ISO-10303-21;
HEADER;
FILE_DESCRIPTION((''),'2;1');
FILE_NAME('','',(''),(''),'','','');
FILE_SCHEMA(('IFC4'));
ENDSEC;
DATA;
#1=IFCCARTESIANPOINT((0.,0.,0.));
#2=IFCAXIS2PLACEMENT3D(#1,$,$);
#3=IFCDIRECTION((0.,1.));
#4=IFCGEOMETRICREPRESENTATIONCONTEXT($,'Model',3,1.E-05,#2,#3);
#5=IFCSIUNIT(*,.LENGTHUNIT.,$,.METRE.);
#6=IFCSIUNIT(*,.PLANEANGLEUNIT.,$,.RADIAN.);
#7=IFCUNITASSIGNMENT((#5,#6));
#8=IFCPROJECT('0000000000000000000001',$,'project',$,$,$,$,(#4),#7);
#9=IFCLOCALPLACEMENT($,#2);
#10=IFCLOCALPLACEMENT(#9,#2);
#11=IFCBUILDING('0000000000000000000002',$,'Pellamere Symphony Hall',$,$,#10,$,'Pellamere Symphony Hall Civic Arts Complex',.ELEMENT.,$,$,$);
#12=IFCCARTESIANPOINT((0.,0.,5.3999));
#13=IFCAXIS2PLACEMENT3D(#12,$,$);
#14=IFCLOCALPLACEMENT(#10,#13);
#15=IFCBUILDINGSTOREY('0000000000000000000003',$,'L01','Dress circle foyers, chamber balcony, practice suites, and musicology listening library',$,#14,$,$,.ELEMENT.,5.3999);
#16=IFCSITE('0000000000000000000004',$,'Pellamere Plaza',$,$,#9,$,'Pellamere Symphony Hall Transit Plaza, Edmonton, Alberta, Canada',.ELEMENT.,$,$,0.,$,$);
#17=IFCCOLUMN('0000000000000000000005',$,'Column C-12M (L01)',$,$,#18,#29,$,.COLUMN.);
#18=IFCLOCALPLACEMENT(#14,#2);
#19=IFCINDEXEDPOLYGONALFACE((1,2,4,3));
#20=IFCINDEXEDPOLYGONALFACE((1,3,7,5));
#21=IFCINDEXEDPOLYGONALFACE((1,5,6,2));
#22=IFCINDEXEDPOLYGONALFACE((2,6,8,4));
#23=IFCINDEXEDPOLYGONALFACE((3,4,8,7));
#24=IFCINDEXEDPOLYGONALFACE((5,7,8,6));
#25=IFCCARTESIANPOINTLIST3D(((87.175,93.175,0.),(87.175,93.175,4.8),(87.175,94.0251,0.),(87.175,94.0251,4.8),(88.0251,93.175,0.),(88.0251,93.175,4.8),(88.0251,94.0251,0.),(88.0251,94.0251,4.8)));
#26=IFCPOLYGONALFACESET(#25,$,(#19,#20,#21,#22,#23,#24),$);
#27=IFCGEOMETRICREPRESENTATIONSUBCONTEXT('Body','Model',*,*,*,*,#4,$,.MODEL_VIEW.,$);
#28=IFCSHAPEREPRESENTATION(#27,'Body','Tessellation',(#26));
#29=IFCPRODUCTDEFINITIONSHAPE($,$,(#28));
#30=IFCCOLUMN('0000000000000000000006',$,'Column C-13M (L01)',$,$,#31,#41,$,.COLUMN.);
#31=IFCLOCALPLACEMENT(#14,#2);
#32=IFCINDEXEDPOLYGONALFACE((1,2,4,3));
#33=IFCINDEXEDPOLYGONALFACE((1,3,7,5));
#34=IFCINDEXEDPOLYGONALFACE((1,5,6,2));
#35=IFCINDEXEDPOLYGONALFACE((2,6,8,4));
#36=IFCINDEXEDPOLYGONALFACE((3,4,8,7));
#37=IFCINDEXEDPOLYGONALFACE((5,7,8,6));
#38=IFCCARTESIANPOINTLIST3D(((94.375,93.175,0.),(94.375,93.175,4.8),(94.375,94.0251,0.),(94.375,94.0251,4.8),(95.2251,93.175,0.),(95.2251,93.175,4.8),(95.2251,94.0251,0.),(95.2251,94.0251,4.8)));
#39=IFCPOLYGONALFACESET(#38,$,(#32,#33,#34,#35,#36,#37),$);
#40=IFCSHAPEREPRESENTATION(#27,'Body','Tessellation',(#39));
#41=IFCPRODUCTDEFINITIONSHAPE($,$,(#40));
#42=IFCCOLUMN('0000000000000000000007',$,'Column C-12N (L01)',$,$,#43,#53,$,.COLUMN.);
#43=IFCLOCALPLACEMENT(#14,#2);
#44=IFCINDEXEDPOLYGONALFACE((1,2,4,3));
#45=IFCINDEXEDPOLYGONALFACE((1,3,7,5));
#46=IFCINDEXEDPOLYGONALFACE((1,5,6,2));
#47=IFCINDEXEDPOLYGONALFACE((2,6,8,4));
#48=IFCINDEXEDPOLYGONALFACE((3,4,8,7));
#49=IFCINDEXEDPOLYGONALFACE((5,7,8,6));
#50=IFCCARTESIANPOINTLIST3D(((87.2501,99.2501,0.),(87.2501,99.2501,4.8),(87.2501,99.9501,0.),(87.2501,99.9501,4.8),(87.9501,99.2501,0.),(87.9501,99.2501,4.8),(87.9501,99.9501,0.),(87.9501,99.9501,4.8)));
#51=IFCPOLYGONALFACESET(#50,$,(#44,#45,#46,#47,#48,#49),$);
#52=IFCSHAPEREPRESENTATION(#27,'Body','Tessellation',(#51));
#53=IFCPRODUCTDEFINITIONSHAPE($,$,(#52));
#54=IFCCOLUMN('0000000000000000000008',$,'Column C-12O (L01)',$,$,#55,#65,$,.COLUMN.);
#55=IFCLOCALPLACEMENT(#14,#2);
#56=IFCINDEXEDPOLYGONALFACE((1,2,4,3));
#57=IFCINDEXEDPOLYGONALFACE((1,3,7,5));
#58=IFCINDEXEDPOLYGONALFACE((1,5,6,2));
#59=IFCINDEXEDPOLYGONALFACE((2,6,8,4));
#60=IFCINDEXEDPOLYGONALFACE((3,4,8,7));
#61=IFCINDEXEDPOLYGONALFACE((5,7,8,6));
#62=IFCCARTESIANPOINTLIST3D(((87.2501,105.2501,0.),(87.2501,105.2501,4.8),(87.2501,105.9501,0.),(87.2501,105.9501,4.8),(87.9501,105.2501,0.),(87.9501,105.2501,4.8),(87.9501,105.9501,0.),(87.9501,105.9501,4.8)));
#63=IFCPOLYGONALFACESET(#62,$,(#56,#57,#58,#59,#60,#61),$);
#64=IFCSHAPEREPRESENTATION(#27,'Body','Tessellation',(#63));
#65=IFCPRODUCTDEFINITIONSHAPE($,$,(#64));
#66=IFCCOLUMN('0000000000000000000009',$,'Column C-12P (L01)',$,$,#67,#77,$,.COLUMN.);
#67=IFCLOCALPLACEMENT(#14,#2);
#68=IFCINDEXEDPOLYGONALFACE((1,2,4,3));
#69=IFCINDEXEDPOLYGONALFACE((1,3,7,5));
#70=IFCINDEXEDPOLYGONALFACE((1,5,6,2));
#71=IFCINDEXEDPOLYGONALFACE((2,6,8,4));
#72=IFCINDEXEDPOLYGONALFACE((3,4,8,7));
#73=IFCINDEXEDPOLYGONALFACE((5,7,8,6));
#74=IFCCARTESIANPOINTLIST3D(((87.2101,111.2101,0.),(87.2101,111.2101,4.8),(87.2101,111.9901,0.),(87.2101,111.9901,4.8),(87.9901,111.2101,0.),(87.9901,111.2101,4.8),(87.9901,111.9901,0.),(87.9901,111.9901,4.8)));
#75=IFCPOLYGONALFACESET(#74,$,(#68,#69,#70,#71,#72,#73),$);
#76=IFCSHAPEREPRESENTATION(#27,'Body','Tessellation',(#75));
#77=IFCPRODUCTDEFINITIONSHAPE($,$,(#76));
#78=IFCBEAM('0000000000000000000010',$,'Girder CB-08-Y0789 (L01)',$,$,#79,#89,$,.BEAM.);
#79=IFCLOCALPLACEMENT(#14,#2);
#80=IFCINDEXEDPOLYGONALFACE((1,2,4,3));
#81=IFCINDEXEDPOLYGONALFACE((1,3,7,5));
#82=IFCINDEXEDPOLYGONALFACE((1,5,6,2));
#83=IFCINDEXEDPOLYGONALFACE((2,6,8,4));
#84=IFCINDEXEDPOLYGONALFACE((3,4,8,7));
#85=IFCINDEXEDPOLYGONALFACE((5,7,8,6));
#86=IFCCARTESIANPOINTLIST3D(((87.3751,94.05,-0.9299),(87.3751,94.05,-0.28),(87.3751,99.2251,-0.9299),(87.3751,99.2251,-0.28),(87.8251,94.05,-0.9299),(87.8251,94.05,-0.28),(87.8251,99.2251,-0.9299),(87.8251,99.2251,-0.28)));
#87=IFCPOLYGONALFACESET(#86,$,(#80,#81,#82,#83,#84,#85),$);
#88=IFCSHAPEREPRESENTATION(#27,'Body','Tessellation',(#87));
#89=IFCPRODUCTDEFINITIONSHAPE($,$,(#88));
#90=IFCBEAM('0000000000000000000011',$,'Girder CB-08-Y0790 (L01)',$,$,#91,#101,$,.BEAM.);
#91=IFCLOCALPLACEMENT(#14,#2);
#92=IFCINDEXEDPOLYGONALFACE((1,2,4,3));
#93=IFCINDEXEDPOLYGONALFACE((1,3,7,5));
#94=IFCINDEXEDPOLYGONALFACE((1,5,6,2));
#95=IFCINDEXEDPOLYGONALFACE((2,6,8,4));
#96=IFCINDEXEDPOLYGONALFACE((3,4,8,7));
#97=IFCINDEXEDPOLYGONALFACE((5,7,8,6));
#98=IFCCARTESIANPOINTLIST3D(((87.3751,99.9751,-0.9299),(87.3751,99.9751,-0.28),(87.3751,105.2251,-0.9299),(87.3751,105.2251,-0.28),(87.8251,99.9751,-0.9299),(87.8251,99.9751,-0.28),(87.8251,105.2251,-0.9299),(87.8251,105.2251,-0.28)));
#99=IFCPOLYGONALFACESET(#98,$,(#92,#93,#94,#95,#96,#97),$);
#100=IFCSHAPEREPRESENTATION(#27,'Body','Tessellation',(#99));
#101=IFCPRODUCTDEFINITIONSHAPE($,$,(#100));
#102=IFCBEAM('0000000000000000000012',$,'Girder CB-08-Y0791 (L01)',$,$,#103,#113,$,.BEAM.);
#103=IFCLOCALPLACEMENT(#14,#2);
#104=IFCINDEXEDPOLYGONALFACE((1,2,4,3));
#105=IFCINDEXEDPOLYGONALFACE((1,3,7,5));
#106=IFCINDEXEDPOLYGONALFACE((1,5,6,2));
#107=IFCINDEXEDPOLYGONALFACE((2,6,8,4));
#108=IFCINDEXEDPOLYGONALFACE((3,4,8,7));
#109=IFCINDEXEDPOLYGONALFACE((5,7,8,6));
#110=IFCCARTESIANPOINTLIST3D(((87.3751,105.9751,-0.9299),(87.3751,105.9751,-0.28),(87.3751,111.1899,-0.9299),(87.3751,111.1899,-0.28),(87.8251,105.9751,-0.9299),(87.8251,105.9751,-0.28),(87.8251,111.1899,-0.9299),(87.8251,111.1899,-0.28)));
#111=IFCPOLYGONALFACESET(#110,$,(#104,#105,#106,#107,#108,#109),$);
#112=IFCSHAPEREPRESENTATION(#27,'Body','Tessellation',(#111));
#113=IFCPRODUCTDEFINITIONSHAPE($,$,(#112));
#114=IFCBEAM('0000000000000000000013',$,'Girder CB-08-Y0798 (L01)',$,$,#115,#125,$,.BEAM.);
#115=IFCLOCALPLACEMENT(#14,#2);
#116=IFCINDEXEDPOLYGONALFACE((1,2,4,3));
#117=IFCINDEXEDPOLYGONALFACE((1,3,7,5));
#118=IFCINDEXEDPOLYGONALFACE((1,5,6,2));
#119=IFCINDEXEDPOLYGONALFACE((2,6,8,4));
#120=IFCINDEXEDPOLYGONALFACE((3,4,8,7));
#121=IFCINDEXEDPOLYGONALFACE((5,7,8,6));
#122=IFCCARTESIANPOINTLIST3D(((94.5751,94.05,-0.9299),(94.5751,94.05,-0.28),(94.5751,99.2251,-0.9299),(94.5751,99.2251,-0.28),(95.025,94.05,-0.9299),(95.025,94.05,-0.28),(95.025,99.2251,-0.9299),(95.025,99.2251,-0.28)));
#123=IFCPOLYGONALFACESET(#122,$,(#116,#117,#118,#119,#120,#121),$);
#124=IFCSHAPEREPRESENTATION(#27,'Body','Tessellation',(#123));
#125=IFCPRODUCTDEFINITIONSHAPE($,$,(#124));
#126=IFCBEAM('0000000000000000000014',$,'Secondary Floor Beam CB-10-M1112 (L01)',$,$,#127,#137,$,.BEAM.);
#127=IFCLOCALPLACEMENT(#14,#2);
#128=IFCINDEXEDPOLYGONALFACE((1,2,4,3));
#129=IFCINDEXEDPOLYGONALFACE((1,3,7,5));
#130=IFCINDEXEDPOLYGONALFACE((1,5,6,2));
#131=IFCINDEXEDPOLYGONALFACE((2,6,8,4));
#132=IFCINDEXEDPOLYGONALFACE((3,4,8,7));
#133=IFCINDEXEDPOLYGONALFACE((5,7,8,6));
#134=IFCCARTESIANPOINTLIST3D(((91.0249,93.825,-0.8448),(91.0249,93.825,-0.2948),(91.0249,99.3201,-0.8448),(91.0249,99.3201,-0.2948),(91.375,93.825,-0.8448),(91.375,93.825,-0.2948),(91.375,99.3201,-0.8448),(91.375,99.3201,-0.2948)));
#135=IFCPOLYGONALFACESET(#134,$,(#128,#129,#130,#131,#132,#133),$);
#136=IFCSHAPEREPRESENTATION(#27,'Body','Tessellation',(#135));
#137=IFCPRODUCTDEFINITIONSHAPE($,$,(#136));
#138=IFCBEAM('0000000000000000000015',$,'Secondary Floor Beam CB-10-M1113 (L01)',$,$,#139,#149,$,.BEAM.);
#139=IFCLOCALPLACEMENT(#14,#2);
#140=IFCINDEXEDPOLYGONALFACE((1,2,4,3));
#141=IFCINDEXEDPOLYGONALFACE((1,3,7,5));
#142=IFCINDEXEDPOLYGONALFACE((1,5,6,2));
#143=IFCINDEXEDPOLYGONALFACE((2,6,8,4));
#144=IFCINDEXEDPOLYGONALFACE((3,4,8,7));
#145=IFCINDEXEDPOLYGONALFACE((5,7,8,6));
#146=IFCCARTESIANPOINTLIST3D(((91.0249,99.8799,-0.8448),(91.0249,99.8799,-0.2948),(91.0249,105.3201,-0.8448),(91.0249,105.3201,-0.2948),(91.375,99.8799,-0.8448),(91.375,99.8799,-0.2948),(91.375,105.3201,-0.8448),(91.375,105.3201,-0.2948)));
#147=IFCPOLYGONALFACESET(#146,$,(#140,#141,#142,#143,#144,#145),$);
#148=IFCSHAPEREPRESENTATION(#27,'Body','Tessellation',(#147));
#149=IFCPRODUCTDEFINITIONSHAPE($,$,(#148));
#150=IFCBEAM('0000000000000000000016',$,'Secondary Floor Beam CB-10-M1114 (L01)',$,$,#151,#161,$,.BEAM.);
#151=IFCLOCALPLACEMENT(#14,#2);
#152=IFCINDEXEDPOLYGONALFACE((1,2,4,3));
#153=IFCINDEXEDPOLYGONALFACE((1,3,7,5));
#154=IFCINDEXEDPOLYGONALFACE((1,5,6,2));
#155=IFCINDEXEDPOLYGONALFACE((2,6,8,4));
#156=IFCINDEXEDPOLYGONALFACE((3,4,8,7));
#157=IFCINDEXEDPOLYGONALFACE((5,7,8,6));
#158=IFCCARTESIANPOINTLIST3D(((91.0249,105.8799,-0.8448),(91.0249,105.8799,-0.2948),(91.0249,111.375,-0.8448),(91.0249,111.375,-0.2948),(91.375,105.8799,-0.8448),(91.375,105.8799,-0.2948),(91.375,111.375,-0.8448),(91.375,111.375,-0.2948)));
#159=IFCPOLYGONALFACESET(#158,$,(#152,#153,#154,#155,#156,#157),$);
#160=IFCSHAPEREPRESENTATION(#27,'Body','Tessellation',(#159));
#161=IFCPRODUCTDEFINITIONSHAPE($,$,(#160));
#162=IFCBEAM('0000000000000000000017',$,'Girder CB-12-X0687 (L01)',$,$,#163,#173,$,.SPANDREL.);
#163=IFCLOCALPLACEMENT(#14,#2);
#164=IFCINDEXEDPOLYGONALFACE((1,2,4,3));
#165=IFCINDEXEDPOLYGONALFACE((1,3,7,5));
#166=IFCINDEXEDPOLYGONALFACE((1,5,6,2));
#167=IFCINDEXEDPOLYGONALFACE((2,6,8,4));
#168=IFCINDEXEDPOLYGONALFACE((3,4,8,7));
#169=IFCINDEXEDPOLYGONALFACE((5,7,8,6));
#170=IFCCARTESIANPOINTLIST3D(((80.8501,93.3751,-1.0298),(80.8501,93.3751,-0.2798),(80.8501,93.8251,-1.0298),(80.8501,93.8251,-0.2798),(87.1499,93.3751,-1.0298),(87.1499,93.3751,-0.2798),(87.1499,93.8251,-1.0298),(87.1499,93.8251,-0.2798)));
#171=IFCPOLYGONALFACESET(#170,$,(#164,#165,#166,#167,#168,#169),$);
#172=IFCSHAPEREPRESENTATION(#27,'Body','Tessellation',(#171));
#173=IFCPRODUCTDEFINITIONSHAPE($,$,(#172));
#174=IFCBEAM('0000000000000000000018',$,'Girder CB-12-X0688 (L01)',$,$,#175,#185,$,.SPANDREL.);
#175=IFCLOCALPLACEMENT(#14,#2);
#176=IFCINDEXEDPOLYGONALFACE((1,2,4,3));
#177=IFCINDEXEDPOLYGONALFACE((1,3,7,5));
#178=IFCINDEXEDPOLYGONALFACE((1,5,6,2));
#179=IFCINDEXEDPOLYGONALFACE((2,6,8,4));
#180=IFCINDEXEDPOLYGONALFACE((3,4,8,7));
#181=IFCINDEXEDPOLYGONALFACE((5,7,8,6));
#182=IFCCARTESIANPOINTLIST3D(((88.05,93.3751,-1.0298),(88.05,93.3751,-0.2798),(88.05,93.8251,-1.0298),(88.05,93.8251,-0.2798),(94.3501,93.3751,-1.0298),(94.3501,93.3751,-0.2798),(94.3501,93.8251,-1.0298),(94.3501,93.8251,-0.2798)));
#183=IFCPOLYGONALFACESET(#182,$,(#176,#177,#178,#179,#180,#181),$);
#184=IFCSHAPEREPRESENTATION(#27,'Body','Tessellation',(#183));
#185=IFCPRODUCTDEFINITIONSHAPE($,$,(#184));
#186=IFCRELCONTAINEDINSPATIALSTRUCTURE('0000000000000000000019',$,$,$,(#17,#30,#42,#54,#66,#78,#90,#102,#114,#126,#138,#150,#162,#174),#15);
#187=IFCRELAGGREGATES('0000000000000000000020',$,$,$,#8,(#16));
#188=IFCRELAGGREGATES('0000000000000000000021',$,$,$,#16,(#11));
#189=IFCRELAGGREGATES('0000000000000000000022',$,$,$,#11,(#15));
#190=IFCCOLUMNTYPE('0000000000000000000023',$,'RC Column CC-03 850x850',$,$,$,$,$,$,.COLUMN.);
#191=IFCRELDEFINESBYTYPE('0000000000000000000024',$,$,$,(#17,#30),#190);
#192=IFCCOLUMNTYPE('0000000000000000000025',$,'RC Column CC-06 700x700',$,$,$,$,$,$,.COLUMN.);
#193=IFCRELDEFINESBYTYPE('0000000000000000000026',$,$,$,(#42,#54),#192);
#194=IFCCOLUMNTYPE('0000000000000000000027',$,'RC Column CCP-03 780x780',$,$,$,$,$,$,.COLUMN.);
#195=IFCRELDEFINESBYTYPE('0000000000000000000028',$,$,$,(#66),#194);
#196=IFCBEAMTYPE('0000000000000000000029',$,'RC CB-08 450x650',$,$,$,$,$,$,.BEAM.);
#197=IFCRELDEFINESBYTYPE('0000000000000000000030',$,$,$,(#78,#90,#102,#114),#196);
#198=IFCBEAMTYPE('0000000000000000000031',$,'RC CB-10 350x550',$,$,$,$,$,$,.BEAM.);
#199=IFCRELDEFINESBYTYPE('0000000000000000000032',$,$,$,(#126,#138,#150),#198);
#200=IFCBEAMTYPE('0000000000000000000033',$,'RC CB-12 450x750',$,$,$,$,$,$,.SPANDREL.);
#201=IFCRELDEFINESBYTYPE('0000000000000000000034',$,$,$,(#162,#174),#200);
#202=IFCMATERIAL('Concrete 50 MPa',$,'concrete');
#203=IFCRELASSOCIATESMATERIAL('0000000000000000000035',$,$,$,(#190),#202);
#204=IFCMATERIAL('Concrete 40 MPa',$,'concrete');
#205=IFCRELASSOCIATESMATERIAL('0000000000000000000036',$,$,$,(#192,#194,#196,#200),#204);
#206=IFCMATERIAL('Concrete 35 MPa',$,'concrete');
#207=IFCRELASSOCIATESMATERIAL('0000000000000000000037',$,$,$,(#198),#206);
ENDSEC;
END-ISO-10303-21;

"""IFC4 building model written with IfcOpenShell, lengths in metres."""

from ifc_helpers import new_model, si_unit, direction, frame, origin, origin_2d, place, context, subcontext, project, spatial, rectangle, extrude, material, material_profile, profile_set, type_object, element, save


model = new_model("IFC4")

# Units and contexts
model_context = context("Model", 3, precision=1e-05, world=origin(), true_north=direction((0.0, 1.0)))
body_context = subcontext(model_context, "Body", "Model", "MODEL_VIEW")
ifc_project = project(units=[si_unit("LENGTHUNIT", "METRE"), si_unit("PLANEANGLEUNIT", "RADIAN")], contexts=[model_context])

# Site, building, storey
site_placement = place(None, origin())
site = spatial("IfcSite", under=ifc_project, at=site_placement, Name="Pellamere Plaza", LongName="Pellamere Symphony Hall Transit Plaza, Edmonton, Alberta, Canada", CompositionType="ELEMENT", RefElevation=0.0)
building_placement = place(site_placement, origin())
building = spatial("IfcBuilding", under=site, at=building_placement, Name="Pellamere Symphony Hall", LongName="Pellamere Symphony Hall Civic Arts Complex", CompositionType="ELEMENT")
storey_placement = place(building_placement, frame((0.0, 0.0, 5.3999)))
storey = spatial("IfcBuildingStorey", under=building, at=storey_placement, Name="L01", Description="Dress circle foyers, chamber balcony, practice suites, and musicology listening library", CompositionType="ELEMENT", Elevation=5.3999)

# Columns
ifc_material_1 = material(Name="Concrete 50 MPa", Category="concrete")
ifc_material_profile_1 = material_profile(ifc_material_1, rectangle(XDim=0.8501, YDim=0.8501, at=origin_2d()), Name="RC 850x850")
ifc_profile_set_1 = profile_set([ifc_material_profile_1], Name="Concrete 50 MPa")
column_type_1 = type_object("IfcColumnType", Name="RC Column CC-03 850x850", PredefinedType="COLUMN", material=ifc_profile_set_1)
for number, where, z_axis, x_axis, name in (
    (1, (87.6001, 93.6001, 0.0), (0.0, 0.0, 1.0), (1.0, 0.0, 0.0), "Column C-12M (L01)"),
    (2, (94.8, 93.6001, 0.0), (0.0, 0.0, 1.0), (1.0, 0.0, 0.0), "Column C-13M (L01)"),
):
    element("IfcColumn", number, at=place(storey_placement, frame(where, z_axis=z_axis, x_axis=x_axis)), inside=storey, type_object=column_type_1, Name=name, PredefinedType="COLUMN", context=body_context, shape_type="SweptSolid", body=[
        extrude(rectangle(XDim=0.8501, YDim=0.8501, at=origin_2d()), origin(), (0.0, 0.0, 1.0), 4.8),
    ])
ifc_material_2 = material(Name="Concrete 40 MPa", Category="concrete")
ifc_material_profile_2 = material_profile(ifc_material_2, rectangle(XDim=0.7, YDim=0.7, at=origin_2d()), Name="RC 700x700")
ifc_profile_set_2 = profile_set([ifc_material_profile_2], Name="Concrete 40 MPa")
column_type_2 = type_object("IfcColumnType", Name="RC Column CC-06 700x700", PredefinedType="COLUMN", material=ifc_profile_set_2)
for number, where, z_axis, x_axis, name in (
    (3, (87.6001, 99.6001, 0.0), (0.0, 0.0, 1.0), (1.0, 0.0, 0.0), "Column C-12N (L01)"),
    (4, (87.6001, 105.6001, 0.0), (0.0, 0.0, 1.0), (1.0, 0.0, 0.0), "Column C-12O (L01)"),
):
    element("IfcColumn", number, at=place(storey_placement, frame(where, z_axis=z_axis, x_axis=x_axis)), inside=storey, type_object=column_type_2, Name=name, PredefinedType="COLUMN", context=body_context, shape_type="SweptSolid", body=[
        extrude(rectangle(XDim=0.7, YDim=0.7, at=origin_2d()), origin(), (0.0, 0.0, 1.0), 4.8),
    ])
ifc_material_profile_3 = material_profile(ifc_material_2, rectangle(XDim=0.78, YDim=0.78, at=origin_2d()), Name="RC 780x780")
ifc_profile_set_3 = profile_set([ifc_material_profile_3], Name="Concrete 40 MPa")
column_type_3 = type_object("IfcColumnType", Name="RC Column CCP-03 780x780", PredefinedType="COLUMN", material=ifc_profile_set_3)
column_placement = place(storey_placement, frame((87.6001, 111.6001, 0.0), z_axis=(0.0, 0.0, 1.0), x_axis=(1.0, 0.0, 0.0)))
element("IfcColumn", 5, at=column_placement, inside=storey, type_object=column_type_3, Name="Column C-12P (L01)", PredefinedType="COLUMN", context=body_context, shape_type="SweptSolid", body=[
    extrude(rectangle(XDim=0.78, YDim=0.78, at=origin_2d()), origin(), (0.0, 0.0, 1.0), 4.8),
])

# Beams
ifc_material_profile_4 = material_profile(ifc_material_2, rectangle(XDim=0.45, YDim=0.6499, at=origin_2d()), Name="RC 450x650")
ifc_profile_set_4 = profile_set([ifc_material_profile_4], Name="Concrete 40 MPa")
beam_type_1 = type_object("IfcBeamType", Name="RC CB-08 450x650", PredefinedType="BEAM", material=ifc_profile_set_4)
beam_1_placement = place(storey_placement, frame((87.6001, 94.05, -0.605), z_axis=(0.0, 1.0, 0.0), x_axis=(-1.0, 0.0, 0.0)))
element("IfcBeam", 6, at=beam_1_placement, inside=storey, type_object=beam_type_1, Name="Girder CB-08-Y0789 (L01)", PredefinedType="BEAM", context=body_context, shape_type="SweptSolid", body=[
    extrude(rectangle(XDim=0.45, YDim=0.6499, at=origin_2d()), origin(), (0.0, 0.0, 1.0), 5.175),
])
beam_2_placement = place(storey_placement, frame((87.6001, 99.9751, -0.605), z_axis=(0.0, 1.0, 0.0), x_axis=(-1.0, 0.0, 0.0)))
element("IfcBeam", 7, at=beam_2_placement, inside=storey, type_object=beam_type_1, Name="Girder CB-08-Y0790 (L01)", PredefinedType="BEAM", context=body_context, shape_type="SweptSolid", body=[
    extrude(rectangle(XDim=0.45, YDim=0.6499, at=origin_2d()), origin(), (0.0, 0.0, 1.0), 5.25),
])
beam_3_placement = place(storey_placement, frame((87.6001, 105.9751, -0.605), z_axis=(0.0, 1.0, 0.0), x_axis=(-1.0, 0.0, 0.0)))
element("IfcBeam", 8, at=beam_3_placement, inside=storey, type_object=beam_type_1, Name="Girder CB-08-Y0791 (L01)", PredefinedType="BEAM", context=body_context, shape_type="SweptSolid", body=[
    extrude(rectangle(XDim=0.45, YDim=0.6499, at=origin_2d()), origin(), (0.0, 0.0, 1.0), 5.2148),
])
beam_4_placement = place(storey_placement, frame((94.8, 94.05, -0.605), z_axis=(0.0, 1.0, 0.0), x_axis=(-1.0, 0.0, 0.0)))
element("IfcBeam", 9, at=beam_4_placement, inside=storey, type_object=beam_type_1, Name="Girder CB-08-Y0798 (L01)", PredefinedType="BEAM", context=body_context, shape_type="SweptSolid", body=[
    extrude(rectangle(XDim=0.45, YDim=0.6499, at=origin_2d()), origin(), (0.0, 0.0, 1.0), 5.175),
])
ifc_material_3 = material(Name="Concrete 35 MPa", Category="concrete")
ifc_material_profile_5 = material_profile(ifc_material_3, rectangle(XDim=0.3501, YDim=0.55, at=origin_2d()), Name="RC 350x550")
ifc_profile_set_5 = profile_set([ifc_material_profile_5], Name="Concrete 35 MPa")
beam_type_2 = type_object("IfcBeamType", Name="RC CB-10 350x550", PredefinedType="BEAM", material=ifc_profile_set_5)
beam_5_placement = place(storey_placement, frame((91.2, 93.825, -0.5698), z_axis=(0.0, 1.0, 0.0), x_axis=(-1.0, 0.0, 0.0)))
element("IfcBeam", 10, at=beam_5_placement, inside=storey, type_object=beam_type_2, Name="Secondary Floor Beam CB-10-M1112 (L01)", PredefinedType="BEAM", context=body_context, shape_type="SweptSolid", body=[
    extrude(rectangle(XDim=0.3501, YDim=0.55, at=origin_2d()), origin(), (0.0, 0.0, 1.0), 5.4951),
])
beam_6_placement = place(storey_placement, frame((91.2, 99.8799, -0.5698), z_axis=(0.0, 1.0, 0.0), x_axis=(-1.0, 0.0, 0.0)))
element("IfcBeam", 11, at=beam_6_placement, inside=storey, type_object=beam_type_2, Name="Secondary Floor Beam CB-10-M1113 (L01)", PredefinedType="BEAM", context=body_context, shape_type="SweptSolid", body=[
    extrude(rectangle(XDim=0.3501, YDim=0.55, at=origin_2d()), origin(), (0.0, 0.0, 1.0), 5.4402),
])
beam_7_placement = place(storey_placement, frame((91.2, 105.8799, -0.5698), z_axis=(0.0, 1.0, 0.0), x_axis=(-1.0, 0.0, 0.0)))
element("IfcBeam", 12, at=beam_7_placement, inside=storey, type_object=beam_type_2, Name="Secondary Floor Beam CB-10-M1114 (L01)", PredefinedType="BEAM", context=body_context, shape_type="SweptSolid", body=[
    extrude(rectangle(XDim=0.3501, YDim=0.55, at=origin_2d()), origin(), (0.0, 0.0, 1.0), 5.4951),
])
ifc_material_profile_6 = material_profile(ifc_material_2, rectangle(XDim=0.45, YDim=0.75, at=origin_2d()), Name="RC 450x750")
ifc_profile_set_6 = profile_set([ifc_material_profile_6], Name="Concrete 40 MPa")
beam_type_3 = type_object("IfcBeamType", Name="RC CB-12 450x750", PredefinedType="SPANDREL", material=ifc_profile_set_6)
beam_8_placement = place(storey_placement, frame((80.8501, 93.6001, -0.6548), z_axis=(1.0, 0.0, 0.0), x_axis=(0.0, 1.0, 0.0)))
element("IfcBeam", 13, at=beam_8_placement, inside=storey, type_object=beam_type_3, Name="Girder CB-12-X0687 (L01)", PredefinedType="SPANDREL", context=body_context, shape_type="SweptSolid", body=[
    extrude(rectangle(XDim=0.45, YDim=0.75, at=origin_2d()), origin(), (0.0, 0.0, 1.0), 6.2998),
])
beam_9_placement = place(storey_placement, frame((88.05, 93.6001, -0.6548), z_axis=(1.0, 0.0, 0.0), x_axis=(0.0, 1.0, 0.0)))
element("IfcBeam", 14, at=beam_9_placement, inside=storey, type_object=beam_type_3, Name="Girder CB-12-X0688 (L01)", PredefinedType="SPANDREL", context=body_context, shape_type="SweptSolid", body=[
    extrude(rectangle(XDim=0.45, YDim=0.75, at=origin_2d()), origin(), (0.0, 0.0, 1.0), 6.3),
])

save(model, "model.ifc")
